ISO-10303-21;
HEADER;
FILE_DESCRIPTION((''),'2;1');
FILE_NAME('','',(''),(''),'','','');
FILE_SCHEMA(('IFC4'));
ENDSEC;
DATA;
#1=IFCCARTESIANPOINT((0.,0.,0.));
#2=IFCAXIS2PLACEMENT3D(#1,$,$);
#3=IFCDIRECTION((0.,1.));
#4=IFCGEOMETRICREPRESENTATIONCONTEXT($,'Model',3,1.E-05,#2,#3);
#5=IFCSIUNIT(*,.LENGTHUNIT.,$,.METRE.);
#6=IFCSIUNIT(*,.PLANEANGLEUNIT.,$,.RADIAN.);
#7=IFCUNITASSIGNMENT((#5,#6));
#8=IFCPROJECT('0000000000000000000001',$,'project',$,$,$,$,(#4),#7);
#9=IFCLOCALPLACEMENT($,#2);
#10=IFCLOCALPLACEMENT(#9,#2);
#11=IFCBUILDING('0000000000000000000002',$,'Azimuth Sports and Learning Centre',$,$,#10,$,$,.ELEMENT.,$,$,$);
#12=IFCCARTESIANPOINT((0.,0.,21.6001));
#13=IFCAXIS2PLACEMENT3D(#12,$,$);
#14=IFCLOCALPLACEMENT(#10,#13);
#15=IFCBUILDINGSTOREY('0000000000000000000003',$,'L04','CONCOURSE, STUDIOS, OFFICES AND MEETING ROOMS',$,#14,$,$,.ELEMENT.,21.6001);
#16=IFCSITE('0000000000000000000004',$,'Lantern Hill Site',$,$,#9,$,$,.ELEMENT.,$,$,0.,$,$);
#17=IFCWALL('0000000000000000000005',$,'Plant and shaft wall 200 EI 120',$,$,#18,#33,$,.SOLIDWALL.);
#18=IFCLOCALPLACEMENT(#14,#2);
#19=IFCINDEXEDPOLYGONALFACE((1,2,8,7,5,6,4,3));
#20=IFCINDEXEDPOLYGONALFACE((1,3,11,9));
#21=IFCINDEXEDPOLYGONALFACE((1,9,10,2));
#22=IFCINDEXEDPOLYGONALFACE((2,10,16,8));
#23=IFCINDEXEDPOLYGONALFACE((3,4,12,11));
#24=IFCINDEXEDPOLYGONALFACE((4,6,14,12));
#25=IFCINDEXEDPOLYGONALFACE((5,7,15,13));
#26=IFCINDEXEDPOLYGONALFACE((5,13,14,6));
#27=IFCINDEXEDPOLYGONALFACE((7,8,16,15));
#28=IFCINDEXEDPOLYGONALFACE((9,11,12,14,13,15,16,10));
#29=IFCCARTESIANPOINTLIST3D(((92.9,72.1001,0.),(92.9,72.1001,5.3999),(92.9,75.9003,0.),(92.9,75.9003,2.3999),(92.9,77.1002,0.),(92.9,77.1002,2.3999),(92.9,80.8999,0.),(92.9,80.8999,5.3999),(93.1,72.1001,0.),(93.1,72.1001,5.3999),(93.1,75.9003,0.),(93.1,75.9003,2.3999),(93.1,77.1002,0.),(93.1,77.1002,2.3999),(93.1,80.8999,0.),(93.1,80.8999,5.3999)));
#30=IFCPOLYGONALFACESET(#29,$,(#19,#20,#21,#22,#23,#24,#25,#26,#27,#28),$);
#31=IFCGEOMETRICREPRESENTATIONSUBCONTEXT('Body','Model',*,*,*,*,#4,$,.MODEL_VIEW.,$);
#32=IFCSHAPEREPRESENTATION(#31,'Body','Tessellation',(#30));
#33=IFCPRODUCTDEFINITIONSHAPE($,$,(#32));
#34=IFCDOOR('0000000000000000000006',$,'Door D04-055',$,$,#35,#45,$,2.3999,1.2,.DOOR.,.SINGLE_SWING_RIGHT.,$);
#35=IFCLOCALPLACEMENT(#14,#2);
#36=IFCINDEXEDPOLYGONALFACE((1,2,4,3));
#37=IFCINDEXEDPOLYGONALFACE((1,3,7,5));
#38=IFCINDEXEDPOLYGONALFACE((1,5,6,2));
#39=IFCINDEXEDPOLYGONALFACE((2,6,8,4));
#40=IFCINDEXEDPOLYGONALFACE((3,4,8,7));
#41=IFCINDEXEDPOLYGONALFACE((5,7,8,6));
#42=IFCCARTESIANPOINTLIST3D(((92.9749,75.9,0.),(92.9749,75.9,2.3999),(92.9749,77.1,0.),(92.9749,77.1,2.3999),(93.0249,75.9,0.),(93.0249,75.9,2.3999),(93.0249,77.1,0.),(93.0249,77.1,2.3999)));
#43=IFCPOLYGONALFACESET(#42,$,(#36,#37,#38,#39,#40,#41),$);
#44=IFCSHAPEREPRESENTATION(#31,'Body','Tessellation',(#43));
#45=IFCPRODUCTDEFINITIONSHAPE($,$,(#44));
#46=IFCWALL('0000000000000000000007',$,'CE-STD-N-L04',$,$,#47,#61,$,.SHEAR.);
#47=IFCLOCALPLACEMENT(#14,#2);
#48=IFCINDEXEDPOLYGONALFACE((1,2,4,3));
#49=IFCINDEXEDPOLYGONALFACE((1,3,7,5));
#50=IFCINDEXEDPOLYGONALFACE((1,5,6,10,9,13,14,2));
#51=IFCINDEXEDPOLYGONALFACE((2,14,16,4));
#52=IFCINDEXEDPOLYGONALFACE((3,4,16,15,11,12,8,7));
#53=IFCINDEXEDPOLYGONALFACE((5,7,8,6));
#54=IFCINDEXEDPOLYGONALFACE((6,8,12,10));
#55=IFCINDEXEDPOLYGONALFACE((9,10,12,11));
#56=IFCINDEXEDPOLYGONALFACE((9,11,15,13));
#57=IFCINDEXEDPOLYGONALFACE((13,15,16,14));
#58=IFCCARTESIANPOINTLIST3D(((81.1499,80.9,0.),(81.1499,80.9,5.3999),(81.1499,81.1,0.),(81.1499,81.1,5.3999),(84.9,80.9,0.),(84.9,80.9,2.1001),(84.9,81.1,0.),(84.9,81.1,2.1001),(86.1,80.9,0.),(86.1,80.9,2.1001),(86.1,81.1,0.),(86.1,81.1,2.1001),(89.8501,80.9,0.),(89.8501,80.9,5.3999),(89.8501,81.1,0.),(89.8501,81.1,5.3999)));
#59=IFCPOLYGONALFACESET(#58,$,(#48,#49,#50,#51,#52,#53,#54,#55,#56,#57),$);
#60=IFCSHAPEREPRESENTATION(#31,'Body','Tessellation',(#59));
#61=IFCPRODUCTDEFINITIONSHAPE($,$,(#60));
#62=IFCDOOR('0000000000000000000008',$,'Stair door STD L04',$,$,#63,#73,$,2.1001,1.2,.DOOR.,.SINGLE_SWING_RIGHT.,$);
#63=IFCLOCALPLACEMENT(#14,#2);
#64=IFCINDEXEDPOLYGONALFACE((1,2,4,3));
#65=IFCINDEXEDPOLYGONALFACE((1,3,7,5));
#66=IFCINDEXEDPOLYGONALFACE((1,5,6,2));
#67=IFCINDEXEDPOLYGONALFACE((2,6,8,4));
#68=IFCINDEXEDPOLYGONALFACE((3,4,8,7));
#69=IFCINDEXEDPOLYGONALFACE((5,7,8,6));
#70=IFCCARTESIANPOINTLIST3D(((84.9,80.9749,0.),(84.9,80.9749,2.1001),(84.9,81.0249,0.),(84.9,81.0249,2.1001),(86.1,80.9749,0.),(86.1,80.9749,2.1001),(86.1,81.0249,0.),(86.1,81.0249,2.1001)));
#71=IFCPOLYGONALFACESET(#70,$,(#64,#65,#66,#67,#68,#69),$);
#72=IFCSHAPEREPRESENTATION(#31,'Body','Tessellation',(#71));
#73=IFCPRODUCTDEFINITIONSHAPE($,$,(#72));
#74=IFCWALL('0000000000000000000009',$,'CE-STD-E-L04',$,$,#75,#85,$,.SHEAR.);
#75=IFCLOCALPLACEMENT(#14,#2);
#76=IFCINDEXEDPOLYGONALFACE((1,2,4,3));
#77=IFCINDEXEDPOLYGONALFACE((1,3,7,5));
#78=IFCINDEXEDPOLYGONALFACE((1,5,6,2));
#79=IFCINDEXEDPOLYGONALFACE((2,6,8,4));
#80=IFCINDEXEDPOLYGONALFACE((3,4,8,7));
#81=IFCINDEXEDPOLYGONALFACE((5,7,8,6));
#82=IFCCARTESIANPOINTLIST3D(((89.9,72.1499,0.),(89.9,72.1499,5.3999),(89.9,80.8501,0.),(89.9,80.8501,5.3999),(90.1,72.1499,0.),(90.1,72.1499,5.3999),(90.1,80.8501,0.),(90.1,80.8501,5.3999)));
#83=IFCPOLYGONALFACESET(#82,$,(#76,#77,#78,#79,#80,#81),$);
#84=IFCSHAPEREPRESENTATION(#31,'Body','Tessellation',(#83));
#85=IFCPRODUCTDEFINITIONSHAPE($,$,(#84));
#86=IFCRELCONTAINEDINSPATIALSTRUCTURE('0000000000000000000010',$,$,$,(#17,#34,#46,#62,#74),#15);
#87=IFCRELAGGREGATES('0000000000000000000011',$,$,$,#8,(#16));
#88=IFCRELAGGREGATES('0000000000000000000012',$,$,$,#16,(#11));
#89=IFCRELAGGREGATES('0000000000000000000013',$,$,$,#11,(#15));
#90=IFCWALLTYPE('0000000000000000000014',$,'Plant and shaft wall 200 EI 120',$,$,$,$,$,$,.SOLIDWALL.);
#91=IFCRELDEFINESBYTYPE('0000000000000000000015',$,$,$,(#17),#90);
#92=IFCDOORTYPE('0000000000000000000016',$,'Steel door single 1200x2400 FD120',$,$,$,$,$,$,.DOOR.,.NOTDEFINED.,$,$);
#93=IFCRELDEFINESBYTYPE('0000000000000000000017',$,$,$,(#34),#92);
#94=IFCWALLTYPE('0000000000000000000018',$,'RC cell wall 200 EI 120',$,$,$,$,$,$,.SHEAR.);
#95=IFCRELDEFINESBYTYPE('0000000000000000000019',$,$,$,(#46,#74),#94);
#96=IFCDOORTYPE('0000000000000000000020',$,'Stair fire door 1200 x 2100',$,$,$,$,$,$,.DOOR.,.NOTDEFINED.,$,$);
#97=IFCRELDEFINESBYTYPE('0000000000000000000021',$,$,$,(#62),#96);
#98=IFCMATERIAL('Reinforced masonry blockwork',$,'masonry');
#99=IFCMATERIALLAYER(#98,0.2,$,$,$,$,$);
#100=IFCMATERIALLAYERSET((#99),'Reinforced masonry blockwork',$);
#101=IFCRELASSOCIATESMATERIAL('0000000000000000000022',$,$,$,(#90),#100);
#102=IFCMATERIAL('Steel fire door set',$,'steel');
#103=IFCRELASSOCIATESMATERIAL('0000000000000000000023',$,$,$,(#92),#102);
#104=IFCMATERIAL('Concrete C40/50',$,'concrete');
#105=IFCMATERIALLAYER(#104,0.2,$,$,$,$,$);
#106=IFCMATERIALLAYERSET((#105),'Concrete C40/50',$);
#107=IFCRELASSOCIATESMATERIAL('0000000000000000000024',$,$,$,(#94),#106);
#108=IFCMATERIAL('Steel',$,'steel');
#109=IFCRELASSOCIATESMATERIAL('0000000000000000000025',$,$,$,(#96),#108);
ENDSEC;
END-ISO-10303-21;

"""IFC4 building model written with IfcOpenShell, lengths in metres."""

from ifc_helpers import new_model, si_unit, direction, frame, frame_2d, origin, place, context, subcontext, project, spatial, rectangle, extrude, material, layer, layer_set, type_object, element, fill, save


model = new_model("IFC4")

# Units and contexts
model_context = context("Model", 3, precision=1e-05, world=origin(), true_north=direction((0.0, 1.0)))
body_context = subcontext(model_context, "Body", "Model", "MODEL_VIEW")
ifc_project = project(units=[si_unit("LENGTHUNIT", "METRE"), si_unit("PLANEANGLEUNIT", "RADIAN")], contexts=[model_context])

# Site, building, storey
site_placement = place(None, origin())
site = spatial("IfcSite", under=ifc_project, at=site_placement, Name="Lantern Hill Site", CompositionType="ELEMENT", RefElevation=0.0)
building_placement = place(site_placement, origin())
building = spatial("IfcBuilding", under=site, at=building_placement, Name="Azimuth Sports and Learning Centre", CompositionType="ELEMENT")
storey_placement = place(building_placement, frame((0.0, 0.0, 21.6001)))
storey = spatial("IfcBuildingStorey", under=building, at=storey_placement, Name="L04", Description="CONCOURSE, STUDIOS, OFFICES AND MEETING ROOMS", CompositionType="ELEMENT", Elevation=21.6001)

# Shared definitions
ifc_material_1 = material(Name="Reinforced masonry blockwork", Category="masonry")
ifc_layer_1 = layer(ifc_material_1, 0.2)
ifc_layer_set_1 = layer_set([ifc_layer_1], Name="Reinforced masonry blockwork")
wall_type_1 = type_object("IfcWallType", Name="Plant and shaft wall 200 EI 120", PredefinedType="SOLIDWALL", material=ifc_layer_set_1)

# Walls, openings, doors
wall_1_placement = place(storey_placement, frame((93.0, 72.1001, 0.0), z_axis=(0.0, 0.0, 1.0), x_axis=(0.0, 1.0, 0.0)))
wall_1 = element("IfcWall", 1, at=wall_1_placement, inside=storey, type_object=wall_type_1, Name="Plant and shaft wall 200 EI 120", PredefinedType="SOLIDWALL", context=body_context, shape_type="SweptSolid", body=[
    extrude(rectangle(XDim=8.7998, YDim=0.2, at=frame_2d((4.3999, 0.0))), origin(), (0.0, 0.0, 1.0), 5.3999),
])
opening_1_placement = place(wall_1_placement, frame((3.8, 0.0, 0.0)))
opening_1 = element("IfcOpeningElement", 2, at=opening_1_placement, cuts=wall_1, PredefinedType="OPENING", context=body_context, shape_type="SweptSolid", body=[
    extrude(rectangle(XDim=1.2, YDim=2.3999, at=frame_2d((0.6001, 1.2))), frame((0.0, 0.1108, 0.0), z_axis=(0.0, -1.0, 0.0), x_axis=(1.0, 0.0, 0.0)), (0.0, 0.0, 1.0), 0.2219),
])
ifc_material_2 = material(Name="Steel fire door set", Category="steel")
door_type_1 = type_object("IfcDoorType", Name="Steel door single 1200x2400 FD120", OperationType="NOTDEFINED", PredefinedType="DOOR", material=ifc_material_2)
door_1_placement = place(opening_1_placement, frame((1.2, 0.0, 0.0), z_axis=(0.0, 0.0, 1.0), x_axis=(-1.0, 0.0, 0.0)))
door_1 = element("IfcDoor", 3, at=door_1_placement, inside=storey, type_object=door_type_1, Name="Door D04-055", OperationType="SINGLE_SWING_RIGHT", OverallHeight=2.3999, OverallWidth=1.2, PredefinedType="DOOR", context=body_context, shape_type="SweptSolid", body=[
    extrude(rectangle(XDim=1.2, YDim=2.3999, at=frame_2d((0.6001, 1.2))), frame((0.0, 0.0249, 0.0), z_axis=(0.0, -1.0, 0.0), x_axis=(1.0, 0.0, 0.0)), (0.0, 0.0, 1.0), 0.05),
])
fill(opening_1, door_1)
ifc_material_3 = material(Name="Concrete C40/50", Category="concrete")
ifc_layer_2 = layer(ifc_material_3, 0.2)
ifc_layer_set_2 = layer_set([ifc_layer_2], Name="Concrete C40/50")
wall_type_2 = type_object("IfcWallType", Name="RC cell wall 200 EI 120", PredefinedType="SHEAR", material=ifc_layer_set_2)
wall_2_placement = place(storey_placement, frame((81.1499, 81.0, 0.0), z_axis=(0.0, 0.0, 1.0), x_axis=(1.0, 0.0, 0.0)))
wall_2 = element("IfcWall", 4, at=wall_2_placement, inside=storey, type_object=wall_type_2, Name="CE-STD-N-L04", PredefinedType="SHEAR", context=body_context, shape_type="SweptSolid", body=[
    extrude(rectangle(XDim=8.7002, YDim=0.2, at=frame_2d((4.3501, 0.0))), origin(), (0.0, 0.0, 1.0), 5.3999),
])
opening_2_placement = place(wall_2_placement, frame((3.75, 0.0, 0.0)))
opening_2 = element("IfcOpeningElement", 5, at=opening_2_placement, cuts=wall_2, PredefinedType="OPENING", context=body_context, shape_type="SweptSolid", body=[
    extrude(rectangle(XDim=1.2, YDim=2.1001, at=frame_2d((0.6001, 1.05))), frame((0.0, 0.1108, 0.0), z_axis=(0.0, -1.0, 0.0), x_axis=(1.0, 0.0, 0.0)), (0.0, 0.0, 1.0), 0.2219),
])
ifc_material_4 = material(Name="Steel", Category="steel")
door_type_2 = type_object("IfcDoorType", Name="Stair fire door 1200 x 2100", OperationType="NOTDEFINED", PredefinedType="DOOR", material=ifc_material_4)
door_2_placement = place(opening_2_placement, origin())
door_2 = element("IfcDoor", 6, at=door_2_placement, inside=storey, type_object=door_type_2, Name="Stair door STD L04", OperationType="SINGLE_SWING_RIGHT", OverallHeight=2.1001, OverallWidth=1.2, PredefinedType="DOOR", context=body_context, shape_type="SweptSolid", body=[
    extrude(rectangle(XDim=1.2, YDim=2.1001, at=frame_2d((0.6001, 1.05))), frame((0.0, 0.0249, 0.0), z_axis=(0.0, -1.0, 0.0), x_axis=(1.0, 0.0, 0.0)), (0.0, 0.0, 1.0), 0.05),
])
fill(opening_2, door_2)

# Wall
wall_3_placement = place(storey_placement, frame((90.0, 72.1499, 0.0), z_axis=(0.0, 0.0, 1.0), x_axis=(0.0, 1.0, 0.0)))
element("IfcWall", 7, at=wall_3_placement, inside=storey, type_object=wall_type_2, Name="CE-STD-E-L04", PredefinedType="SHEAR", context=body_context, shape_type="SweptSolid", body=[
    extrude(rectangle(XDim=8.7002, YDim=0.2, at=frame_2d((4.3501, 0.0))), origin(), (0.0, 0.0, 1.0), 5.3999),
])

save(model, "model.ifc")
